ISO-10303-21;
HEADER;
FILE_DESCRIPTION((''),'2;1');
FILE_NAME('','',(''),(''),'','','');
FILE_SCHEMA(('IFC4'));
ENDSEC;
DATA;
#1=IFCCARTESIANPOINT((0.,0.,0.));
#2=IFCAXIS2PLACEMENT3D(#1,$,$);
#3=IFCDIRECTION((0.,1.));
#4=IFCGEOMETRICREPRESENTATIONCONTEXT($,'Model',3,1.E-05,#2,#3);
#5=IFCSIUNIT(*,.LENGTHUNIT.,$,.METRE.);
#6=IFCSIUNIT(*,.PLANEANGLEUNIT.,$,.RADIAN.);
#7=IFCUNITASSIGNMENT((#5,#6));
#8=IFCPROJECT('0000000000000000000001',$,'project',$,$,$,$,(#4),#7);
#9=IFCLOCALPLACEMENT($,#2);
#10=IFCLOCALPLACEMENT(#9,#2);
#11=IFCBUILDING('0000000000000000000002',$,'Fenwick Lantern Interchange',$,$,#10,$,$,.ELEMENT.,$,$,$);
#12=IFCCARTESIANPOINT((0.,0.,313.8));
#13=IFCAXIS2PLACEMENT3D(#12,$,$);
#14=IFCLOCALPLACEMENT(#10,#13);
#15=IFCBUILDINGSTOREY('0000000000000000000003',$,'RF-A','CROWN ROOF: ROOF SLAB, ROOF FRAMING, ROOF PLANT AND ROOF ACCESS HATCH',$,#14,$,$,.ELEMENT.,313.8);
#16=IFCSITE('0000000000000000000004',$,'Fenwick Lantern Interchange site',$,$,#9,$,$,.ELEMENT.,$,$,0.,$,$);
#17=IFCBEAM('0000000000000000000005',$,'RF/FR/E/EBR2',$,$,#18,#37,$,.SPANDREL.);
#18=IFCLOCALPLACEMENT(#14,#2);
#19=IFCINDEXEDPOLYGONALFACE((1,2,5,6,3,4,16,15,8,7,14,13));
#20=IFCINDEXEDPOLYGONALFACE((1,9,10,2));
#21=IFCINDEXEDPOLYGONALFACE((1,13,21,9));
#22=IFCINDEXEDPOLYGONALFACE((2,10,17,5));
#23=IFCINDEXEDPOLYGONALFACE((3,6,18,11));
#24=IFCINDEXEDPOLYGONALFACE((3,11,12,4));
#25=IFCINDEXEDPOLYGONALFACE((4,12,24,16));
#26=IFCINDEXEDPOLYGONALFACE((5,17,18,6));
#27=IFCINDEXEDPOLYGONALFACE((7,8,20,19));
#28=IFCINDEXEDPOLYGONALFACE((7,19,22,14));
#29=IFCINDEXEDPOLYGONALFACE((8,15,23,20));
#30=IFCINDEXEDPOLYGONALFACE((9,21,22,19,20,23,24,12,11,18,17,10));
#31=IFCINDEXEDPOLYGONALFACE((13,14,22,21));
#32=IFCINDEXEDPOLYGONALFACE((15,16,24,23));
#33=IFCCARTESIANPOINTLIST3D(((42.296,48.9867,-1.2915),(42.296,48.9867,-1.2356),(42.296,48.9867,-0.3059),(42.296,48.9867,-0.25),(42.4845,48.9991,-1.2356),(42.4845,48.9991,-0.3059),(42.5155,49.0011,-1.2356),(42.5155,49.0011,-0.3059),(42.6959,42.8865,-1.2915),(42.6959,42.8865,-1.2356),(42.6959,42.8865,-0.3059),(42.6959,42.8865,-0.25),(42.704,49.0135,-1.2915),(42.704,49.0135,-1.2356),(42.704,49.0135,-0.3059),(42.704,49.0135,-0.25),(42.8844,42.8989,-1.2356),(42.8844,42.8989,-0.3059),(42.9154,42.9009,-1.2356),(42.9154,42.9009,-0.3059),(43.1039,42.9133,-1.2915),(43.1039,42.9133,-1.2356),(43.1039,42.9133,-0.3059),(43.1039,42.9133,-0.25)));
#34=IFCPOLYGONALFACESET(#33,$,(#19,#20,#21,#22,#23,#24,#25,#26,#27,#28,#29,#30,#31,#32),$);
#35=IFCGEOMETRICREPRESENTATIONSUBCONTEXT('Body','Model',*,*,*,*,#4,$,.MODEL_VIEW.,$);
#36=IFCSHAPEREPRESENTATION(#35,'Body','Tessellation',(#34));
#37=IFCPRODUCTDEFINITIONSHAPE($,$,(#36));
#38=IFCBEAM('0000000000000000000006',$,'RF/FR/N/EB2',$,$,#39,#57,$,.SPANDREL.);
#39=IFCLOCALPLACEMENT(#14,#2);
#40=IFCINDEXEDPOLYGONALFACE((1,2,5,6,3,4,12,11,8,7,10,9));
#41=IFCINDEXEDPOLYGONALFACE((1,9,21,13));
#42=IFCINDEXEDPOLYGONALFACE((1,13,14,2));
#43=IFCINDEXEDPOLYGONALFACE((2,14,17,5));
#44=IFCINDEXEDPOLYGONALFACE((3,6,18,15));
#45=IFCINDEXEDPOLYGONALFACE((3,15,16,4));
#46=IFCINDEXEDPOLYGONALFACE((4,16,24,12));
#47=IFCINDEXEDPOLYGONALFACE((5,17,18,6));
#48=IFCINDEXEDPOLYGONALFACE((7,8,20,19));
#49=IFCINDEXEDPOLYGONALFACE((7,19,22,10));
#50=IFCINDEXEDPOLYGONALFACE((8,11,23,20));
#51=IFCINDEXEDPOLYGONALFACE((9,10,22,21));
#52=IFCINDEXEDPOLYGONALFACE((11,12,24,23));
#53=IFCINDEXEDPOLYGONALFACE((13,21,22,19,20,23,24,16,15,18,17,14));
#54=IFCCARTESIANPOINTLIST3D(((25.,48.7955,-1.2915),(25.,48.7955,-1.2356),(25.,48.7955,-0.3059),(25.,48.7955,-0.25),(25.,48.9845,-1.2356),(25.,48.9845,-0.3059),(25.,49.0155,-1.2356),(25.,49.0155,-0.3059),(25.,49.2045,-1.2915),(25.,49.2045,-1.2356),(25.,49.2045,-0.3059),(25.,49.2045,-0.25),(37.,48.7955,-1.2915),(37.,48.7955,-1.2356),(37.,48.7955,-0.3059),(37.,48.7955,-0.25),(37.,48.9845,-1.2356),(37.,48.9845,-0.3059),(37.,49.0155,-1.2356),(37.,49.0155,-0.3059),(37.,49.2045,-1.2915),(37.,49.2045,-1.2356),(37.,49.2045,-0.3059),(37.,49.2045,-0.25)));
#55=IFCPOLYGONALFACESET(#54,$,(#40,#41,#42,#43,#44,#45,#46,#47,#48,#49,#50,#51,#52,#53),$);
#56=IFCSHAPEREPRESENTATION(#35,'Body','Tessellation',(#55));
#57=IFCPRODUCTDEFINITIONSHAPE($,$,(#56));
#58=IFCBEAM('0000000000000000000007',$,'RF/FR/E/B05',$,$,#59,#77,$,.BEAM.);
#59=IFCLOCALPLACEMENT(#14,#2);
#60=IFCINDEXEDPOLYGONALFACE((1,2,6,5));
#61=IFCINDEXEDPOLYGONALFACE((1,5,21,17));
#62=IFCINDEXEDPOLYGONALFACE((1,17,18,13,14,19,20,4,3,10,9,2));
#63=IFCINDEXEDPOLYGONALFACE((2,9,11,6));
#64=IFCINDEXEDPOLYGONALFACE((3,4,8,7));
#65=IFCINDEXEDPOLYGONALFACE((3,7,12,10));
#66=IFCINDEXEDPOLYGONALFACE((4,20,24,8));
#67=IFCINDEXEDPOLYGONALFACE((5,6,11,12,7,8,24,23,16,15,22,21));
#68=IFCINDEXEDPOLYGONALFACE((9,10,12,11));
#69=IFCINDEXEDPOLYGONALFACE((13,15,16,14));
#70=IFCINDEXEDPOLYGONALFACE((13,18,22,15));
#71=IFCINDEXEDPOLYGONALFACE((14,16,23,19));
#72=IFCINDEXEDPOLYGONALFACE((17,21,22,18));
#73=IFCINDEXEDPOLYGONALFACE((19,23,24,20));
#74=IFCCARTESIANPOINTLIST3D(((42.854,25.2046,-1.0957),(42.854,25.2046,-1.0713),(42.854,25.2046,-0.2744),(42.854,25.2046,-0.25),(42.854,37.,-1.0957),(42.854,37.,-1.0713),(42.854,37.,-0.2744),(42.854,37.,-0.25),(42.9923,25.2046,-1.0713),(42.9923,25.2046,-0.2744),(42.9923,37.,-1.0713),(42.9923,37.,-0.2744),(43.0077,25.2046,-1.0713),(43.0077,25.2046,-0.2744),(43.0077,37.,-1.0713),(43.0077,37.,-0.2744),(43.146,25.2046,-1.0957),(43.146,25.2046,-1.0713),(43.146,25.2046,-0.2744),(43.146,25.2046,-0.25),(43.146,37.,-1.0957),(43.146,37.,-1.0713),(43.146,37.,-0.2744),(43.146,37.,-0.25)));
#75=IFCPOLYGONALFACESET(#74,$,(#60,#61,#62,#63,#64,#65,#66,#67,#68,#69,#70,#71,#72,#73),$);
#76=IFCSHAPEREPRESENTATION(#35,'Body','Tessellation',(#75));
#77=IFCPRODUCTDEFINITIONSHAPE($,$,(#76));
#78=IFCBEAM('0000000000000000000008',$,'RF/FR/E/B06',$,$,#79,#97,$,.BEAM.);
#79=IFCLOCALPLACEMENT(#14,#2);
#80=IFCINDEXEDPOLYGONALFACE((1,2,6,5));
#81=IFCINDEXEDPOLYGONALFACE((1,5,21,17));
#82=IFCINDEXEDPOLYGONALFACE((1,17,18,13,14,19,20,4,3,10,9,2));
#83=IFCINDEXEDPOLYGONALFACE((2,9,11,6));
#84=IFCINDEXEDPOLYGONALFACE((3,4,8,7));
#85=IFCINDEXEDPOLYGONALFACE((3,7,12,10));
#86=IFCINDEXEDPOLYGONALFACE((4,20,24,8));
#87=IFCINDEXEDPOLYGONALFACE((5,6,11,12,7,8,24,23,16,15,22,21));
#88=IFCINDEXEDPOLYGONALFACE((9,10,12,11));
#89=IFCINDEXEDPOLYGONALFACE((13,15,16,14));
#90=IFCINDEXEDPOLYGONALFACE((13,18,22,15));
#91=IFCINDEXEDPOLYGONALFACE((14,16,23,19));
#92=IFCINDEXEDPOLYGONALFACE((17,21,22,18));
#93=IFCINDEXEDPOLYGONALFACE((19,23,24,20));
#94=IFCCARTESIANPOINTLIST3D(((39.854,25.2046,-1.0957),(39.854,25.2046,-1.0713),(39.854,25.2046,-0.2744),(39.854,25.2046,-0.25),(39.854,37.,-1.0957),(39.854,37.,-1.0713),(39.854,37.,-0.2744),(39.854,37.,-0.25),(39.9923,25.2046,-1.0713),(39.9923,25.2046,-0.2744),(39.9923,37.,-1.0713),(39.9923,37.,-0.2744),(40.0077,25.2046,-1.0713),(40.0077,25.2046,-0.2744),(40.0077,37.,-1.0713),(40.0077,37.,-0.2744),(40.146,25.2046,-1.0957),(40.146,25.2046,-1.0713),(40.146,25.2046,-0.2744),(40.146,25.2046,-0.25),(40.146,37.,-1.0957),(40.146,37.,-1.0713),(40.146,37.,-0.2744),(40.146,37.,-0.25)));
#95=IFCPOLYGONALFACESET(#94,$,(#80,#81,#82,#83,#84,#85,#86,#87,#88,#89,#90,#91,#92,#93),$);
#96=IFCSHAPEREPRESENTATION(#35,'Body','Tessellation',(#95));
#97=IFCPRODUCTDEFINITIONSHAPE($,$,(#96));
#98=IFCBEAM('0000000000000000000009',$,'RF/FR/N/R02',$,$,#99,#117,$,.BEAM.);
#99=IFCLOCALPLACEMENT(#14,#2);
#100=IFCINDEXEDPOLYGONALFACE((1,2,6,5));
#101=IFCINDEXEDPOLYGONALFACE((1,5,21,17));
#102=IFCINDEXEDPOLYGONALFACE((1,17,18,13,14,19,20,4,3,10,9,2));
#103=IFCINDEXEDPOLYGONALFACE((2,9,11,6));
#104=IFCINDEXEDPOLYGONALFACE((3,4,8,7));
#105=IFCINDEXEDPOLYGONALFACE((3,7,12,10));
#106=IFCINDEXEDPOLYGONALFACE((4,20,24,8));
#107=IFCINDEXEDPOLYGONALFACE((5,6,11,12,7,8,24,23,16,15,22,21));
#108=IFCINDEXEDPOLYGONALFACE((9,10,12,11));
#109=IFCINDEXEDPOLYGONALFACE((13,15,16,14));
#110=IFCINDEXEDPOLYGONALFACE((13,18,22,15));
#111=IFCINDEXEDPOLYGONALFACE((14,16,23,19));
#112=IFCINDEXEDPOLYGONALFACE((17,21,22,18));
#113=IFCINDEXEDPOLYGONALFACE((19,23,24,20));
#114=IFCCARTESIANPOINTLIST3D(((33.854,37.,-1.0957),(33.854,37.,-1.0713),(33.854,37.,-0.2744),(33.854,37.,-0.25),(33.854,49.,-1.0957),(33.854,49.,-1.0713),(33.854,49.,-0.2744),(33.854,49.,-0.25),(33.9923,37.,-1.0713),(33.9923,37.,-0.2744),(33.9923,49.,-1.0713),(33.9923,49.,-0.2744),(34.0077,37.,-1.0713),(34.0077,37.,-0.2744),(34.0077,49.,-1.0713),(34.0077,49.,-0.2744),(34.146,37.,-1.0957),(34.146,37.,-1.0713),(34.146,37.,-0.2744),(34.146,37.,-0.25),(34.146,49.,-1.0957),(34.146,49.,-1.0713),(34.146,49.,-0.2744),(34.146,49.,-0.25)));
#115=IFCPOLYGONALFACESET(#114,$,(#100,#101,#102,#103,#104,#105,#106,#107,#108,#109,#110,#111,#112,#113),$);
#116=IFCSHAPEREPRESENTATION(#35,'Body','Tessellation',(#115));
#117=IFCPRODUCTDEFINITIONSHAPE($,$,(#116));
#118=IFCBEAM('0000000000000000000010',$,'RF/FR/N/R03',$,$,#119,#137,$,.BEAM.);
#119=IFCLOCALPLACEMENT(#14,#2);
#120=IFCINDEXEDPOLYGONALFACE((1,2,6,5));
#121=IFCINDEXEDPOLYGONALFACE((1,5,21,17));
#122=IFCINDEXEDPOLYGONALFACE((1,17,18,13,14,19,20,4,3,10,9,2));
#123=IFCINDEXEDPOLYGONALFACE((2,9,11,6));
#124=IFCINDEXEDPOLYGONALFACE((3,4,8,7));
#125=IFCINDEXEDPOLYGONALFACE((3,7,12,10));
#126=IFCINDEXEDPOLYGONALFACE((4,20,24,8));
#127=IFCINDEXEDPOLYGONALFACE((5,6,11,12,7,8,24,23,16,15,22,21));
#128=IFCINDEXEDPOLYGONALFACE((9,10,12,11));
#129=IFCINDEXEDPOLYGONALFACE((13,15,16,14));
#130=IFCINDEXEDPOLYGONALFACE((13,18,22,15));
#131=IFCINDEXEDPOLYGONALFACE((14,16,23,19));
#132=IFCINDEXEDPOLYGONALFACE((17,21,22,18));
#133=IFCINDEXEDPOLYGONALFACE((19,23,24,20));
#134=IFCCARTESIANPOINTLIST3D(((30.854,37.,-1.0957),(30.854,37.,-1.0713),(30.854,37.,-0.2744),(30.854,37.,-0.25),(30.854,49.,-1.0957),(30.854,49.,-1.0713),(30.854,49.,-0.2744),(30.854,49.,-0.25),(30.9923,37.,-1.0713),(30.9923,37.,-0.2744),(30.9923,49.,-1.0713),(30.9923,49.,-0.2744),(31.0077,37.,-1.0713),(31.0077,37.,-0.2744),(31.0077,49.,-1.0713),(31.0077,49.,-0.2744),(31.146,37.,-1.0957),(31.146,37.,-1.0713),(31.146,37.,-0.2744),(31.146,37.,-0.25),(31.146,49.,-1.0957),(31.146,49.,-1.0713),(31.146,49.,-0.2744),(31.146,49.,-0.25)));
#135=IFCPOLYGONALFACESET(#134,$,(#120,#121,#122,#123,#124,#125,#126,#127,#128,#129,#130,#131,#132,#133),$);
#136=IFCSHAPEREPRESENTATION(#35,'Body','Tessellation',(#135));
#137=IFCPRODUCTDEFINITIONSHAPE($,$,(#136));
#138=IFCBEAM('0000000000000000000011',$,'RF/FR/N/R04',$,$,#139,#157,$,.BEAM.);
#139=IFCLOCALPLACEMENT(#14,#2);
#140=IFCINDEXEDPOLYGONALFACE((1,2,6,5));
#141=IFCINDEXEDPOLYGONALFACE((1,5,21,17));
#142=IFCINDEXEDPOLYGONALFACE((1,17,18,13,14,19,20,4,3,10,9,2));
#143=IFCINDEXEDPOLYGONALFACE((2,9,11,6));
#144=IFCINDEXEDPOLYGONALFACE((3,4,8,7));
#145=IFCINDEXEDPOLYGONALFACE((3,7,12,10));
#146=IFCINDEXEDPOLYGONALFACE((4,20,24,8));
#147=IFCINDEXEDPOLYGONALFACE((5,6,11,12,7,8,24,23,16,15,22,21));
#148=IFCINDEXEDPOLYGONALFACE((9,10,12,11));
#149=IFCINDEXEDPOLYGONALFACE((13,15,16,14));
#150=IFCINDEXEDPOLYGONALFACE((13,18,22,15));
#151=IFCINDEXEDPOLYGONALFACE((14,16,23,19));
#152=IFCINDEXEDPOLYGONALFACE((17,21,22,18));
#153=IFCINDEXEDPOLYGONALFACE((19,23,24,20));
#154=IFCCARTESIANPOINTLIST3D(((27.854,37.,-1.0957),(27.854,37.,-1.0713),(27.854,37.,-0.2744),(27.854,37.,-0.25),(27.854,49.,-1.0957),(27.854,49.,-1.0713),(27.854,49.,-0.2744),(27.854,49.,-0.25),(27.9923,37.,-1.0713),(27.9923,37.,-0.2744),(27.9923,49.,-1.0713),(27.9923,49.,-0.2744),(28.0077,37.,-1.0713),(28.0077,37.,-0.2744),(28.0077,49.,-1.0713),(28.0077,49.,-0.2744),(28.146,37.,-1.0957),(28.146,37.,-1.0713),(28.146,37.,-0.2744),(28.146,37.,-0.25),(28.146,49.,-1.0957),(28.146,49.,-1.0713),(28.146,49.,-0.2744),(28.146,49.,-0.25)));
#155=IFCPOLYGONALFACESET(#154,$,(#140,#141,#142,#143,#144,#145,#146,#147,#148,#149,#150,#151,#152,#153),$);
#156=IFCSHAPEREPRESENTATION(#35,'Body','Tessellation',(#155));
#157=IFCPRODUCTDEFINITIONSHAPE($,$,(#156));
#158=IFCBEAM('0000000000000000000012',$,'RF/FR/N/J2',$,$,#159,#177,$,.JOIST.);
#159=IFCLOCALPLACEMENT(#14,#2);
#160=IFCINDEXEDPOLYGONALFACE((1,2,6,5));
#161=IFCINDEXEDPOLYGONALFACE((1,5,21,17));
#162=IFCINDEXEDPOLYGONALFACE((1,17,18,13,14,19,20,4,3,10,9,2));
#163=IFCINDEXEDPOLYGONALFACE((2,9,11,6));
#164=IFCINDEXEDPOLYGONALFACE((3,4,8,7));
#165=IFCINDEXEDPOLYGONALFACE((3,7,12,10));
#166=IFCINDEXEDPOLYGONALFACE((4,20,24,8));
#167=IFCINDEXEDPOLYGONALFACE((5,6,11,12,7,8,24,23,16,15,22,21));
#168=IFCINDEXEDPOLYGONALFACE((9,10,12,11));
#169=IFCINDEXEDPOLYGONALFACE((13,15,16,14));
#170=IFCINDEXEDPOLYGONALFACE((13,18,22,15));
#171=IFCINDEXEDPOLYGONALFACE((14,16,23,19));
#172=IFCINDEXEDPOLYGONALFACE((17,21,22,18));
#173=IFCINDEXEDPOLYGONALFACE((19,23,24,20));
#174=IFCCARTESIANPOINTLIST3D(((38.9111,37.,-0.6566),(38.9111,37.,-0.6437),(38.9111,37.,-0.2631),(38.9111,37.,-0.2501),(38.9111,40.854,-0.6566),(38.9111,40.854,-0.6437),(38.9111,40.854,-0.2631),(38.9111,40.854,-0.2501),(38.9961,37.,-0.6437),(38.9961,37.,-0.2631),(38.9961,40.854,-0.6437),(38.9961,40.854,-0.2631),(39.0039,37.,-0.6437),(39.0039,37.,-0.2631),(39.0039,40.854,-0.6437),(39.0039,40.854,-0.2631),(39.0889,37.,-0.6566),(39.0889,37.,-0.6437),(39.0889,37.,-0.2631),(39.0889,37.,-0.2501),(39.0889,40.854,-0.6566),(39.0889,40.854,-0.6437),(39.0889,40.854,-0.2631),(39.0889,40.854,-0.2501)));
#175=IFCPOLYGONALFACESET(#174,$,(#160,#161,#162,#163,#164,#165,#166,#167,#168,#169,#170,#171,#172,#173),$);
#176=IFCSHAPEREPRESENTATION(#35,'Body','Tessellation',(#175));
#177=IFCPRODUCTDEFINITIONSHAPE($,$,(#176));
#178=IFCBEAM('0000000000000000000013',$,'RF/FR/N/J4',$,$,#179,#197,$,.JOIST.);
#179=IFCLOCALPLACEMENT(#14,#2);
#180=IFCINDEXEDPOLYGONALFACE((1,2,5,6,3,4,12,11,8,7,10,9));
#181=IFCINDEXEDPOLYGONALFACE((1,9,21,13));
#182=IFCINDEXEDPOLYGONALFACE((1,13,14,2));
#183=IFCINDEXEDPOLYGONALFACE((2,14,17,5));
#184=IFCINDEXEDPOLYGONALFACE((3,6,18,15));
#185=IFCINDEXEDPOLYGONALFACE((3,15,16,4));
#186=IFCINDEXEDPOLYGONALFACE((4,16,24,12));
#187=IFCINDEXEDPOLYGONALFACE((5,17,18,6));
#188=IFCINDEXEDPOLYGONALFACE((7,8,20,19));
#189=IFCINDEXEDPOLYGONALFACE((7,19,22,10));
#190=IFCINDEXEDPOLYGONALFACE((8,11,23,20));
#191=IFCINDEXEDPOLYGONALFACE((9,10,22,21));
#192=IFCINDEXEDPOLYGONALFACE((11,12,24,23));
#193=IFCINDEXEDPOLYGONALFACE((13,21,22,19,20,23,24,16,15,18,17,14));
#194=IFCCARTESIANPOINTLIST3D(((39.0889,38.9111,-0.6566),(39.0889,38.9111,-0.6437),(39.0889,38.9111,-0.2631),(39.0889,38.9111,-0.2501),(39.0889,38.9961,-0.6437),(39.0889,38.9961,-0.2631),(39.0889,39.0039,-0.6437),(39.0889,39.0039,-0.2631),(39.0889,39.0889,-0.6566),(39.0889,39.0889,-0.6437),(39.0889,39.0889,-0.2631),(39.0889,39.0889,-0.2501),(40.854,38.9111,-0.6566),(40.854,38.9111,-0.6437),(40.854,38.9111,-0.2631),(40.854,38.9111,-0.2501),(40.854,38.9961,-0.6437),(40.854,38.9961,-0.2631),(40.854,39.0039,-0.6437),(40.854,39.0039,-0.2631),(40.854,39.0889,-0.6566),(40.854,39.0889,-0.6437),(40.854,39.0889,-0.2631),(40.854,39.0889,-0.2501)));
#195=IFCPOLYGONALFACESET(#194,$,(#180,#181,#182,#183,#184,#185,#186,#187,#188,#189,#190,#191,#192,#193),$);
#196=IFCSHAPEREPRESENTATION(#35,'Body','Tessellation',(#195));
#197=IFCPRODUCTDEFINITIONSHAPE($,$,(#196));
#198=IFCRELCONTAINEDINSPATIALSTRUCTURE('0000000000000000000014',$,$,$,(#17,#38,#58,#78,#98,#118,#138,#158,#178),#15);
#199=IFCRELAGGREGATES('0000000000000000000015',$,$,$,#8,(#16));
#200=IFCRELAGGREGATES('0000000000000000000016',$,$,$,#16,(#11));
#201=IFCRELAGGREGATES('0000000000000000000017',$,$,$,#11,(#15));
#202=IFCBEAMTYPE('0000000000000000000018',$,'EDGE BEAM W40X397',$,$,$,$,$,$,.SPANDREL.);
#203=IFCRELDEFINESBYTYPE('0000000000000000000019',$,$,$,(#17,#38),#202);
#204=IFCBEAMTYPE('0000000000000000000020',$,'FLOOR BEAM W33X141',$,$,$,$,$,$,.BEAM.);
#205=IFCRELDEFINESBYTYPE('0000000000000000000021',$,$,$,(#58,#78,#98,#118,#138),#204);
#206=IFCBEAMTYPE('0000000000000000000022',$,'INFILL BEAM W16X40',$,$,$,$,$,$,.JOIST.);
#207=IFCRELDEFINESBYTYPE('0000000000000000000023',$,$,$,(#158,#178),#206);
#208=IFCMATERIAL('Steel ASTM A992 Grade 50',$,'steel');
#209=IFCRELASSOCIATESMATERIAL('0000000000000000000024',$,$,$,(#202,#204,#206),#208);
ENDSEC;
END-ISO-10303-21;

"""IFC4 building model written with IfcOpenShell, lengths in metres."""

from ifc_helpers import new_model, si_unit, direction, frame, origin, origin_2d, place, context, subcontext, project, spatial, i_section, extrude, material, material_profile, profile_set, type_object, element, save


model = new_model("IFC4")

# Units and contexts
model_context = context("Model", 3, precision=1e-05, world=origin(), true_north=direction((0.0, 1.0)))
body_context = subcontext(model_context, "Body", "Model", "MODEL_VIEW")
ifc_project = project(units=[si_unit("LENGTHUNIT", "METRE"), si_unit("PLANEANGLEUNIT", "RADIAN")], contexts=[model_context])

# Site, building, storey
site_placement = place(None, origin())
site = spatial("IfcSite", under=ifc_project, at=site_placement, Name="Fenwick Lantern Interchange site", CompositionType="ELEMENT", RefElevation=0.0)
building_placement = place(site_placement, origin())
building = spatial("IfcBuilding", under=site, at=building_placement, Name="Fenwick Lantern Interchange", CompositionType="ELEMENT")
storey_placement = place(building_placement, frame((0.0, 0.0, 313.8)))
storey = spatial("IfcBuildingStorey", under=building, at=storey_placement, Name="RF-A", Description="CROWN ROOF: ROOF SLAB, ROOF FRAMING, ROOF PLANT AND ROOF ACCESS HATCH", CompositionType="ELEMENT", Elevation=313.8)

# Shared definitions
ifc_material_1 = material(Name="Steel ASTM A992 Grade 50", Category="steel")

# Beams
ifc_material_profile_1 = material_profile(ifc_material_1, i_section(OverallWidth=0.4089, OverallDepth=1.0415, WebThickness=0.031, FlangeThickness=0.0559, at=origin_2d()), Name="W40X397")
ifc_profile_set_1 = profile_set([ifc_material_profile_1], Name="Steel ASTM A992 Grade 50")
beam_type_1 = type_object("IfcBeamType", Name="EDGE BEAM W40X397", PredefinedType="SPANDREL", material=ifc_profile_set_1)
beam_1_placement = place(storey_placement, frame((42.8999, 42.8999, -0.7708), z_axis=(-0.065416, 0.997858, 0.0), x_axis=(-0.997858, -0.065416, 0.0)))
element("IfcBeam", 1, at=beam_1_placement, inside=storey, type_object=beam_type_1, Name="RF/FR/E/EBR2", PredefinedType="SPANDREL", context=body_context, shape_type="SweptSolid", body=[
    extrude(i_section(OverallWidth=0.4089, OverallDepth=1.0415, WebThickness=0.031, FlangeThickness=0.0559, at=origin_2d()), origin(), (0.0, 0.0, 1.0), 6.1133),
])
beam_2_placement = place(storey_placement, frame((37.0, 49.0, -0.7708), z_axis=(-1.0, 0.0, 0.0), x_axis=(0.0, -1.0, 0.0)))
element("IfcBeam", 2, at=beam_2_placement, inside=storey, type_object=beam_type_1, Name="RF/FR/N/EB2", PredefinedType="SPANDREL", context=body_context, shape_type="SweptSolid", body=[
    extrude(i_section(OverallWidth=0.4089, OverallDepth=1.0415, WebThickness=0.031, FlangeThickness=0.0559, at=origin_2d()), origin(), (0.0, 0.0, 1.0), 12.0),
])
ifc_material_profile_2 = material_profile(ifc_material_1, i_section(OverallWidth=0.292, OverallDepth=0.8457, WebThickness=0.0154, FlangeThickness=0.0244, at=origin_2d()), Name="W33X141")
ifc_profile_set_2 = profile_set([ifc_material_profile_2], Name="Steel ASTM A992 Grade 50")
beam_type_2 = type_object("IfcBeamType", Name="FLOOR BEAM W33X141", PredefinedType="BEAM", material=ifc_profile_set_2)
for number, where, z_axis, x_axis, name in (
    (3, (43.0, 25.2046, -0.6729), (0.0, 1.0, 0.0), (-1.0, 0.0, 0.0), "RF/FR/E/B05"),
    (4, (40.0, 25.2046, -0.6729), (0.0, 1.0, 0.0), (-1.0, 0.0, 0.0), "RF/FR/E/B06"),
):
    element("IfcBeam", number, at=place(storey_placement, frame(where, z_axis=z_axis, x_axis=x_axis)), inside=storey, type_object=beam_type_2, Name=name, PredefinedType="BEAM", context=body_context, shape_type="SweptSolid", body=[
        extrude(i_section(OverallWidth=0.292, OverallDepth=0.8457, WebThickness=0.0154, FlangeThickness=0.0244, at=origin_2d()), origin(), (0.0, 0.0, 1.0), 11.7954),
    ])
for number, where, z_axis, x_axis, name in (
    (5, (34.0, 49.0, -0.6729), (0.0, -1.0, 0.0), (1.0, 0.0, 0.0), "RF/FR/N/R02"),
    (6, (31.0, 49.0, -0.6729), (0.0, -1.0, 0.0), (1.0, 0.0, 0.0), "RF/FR/N/R03"),
    (7, (28.0, 49.0, -0.6729), (0.0, -1.0, 0.0), (1.0, 0.0, 0.0), "RF/FR/N/R04"),
):
    element("IfcBeam", number, at=place(storey_placement, frame(where, z_axis=z_axis, x_axis=x_axis)), inside=storey, type_object=beam_type_2, Name=name, PredefinedType="BEAM", context=body_context, shape_type="SweptSolid", body=[
        extrude(i_section(OverallWidth=0.292, OverallDepth=0.8457, WebThickness=0.0154, FlangeThickness=0.0244, at=origin_2d()), origin(), (0.0, 0.0, 1.0), 12.0),
    ])
ifc_material_profile_3 = material_profile(ifc_material_1, i_section(OverallWidth=0.1777, OverallDepth=0.4065, WebThickness=0.0078, FlangeThickness=0.0129, at=origin_2d()), Name="W16X40")
ifc_profile_set_3 = profile_set([ifc_material_profile_3], Name="Steel ASTM A992 Grade 50")
beam_type_3 = type_object("IfcBeamType", Name="INFILL BEAM W16X40", PredefinedType="JOIST", material=ifc_profile_set_3)
beam_3_placement = place(storey_placement, frame((39.0, 40.854, -0.4534), z_axis=(0.0, -1.0, 0.0), x_axis=(1.0, 0.0, 0.0)))
element("IfcBeam", 8, at=beam_3_placement, inside=storey, type_object=beam_type_3, Name="RF/FR/N/J2", PredefinedType="JOIST", context=body_context, shape_type="SweptSolid", body=[
    extrude(i_section(OverallWidth=0.1777, OverallDepth=0.4065, WebThickness=0.0078, FlangeThickness=0.0129, at=origin_2d()), origin(), (0.0, 0.0, 1.0), 3.854),
])
beam_4_placement = place(storey_placement, frame((40.854, 39.0, -0.4534), z_axis=(-1.0, 0.0, 0.0), x_axis=(0.0, -1.0, 0.0)))
element("IfcBeam", 9, at=beam_4_placement, inside=storey, type_object=beam_type_3, Name="RF/FR/N/J4", PredefinedType="JOIST", context=body_context, shape_type="SweptSolid", body=[
    extrude(i_section(OverallWidth=0.1777, OverallDepth=0.4065, WebThickness=0.0078, FlangeThickness=0.0129, at=origin_2d()), origin(), (0.0, 0.0, 1.0), 1.7651),
])

save(model, "model.ifc")
